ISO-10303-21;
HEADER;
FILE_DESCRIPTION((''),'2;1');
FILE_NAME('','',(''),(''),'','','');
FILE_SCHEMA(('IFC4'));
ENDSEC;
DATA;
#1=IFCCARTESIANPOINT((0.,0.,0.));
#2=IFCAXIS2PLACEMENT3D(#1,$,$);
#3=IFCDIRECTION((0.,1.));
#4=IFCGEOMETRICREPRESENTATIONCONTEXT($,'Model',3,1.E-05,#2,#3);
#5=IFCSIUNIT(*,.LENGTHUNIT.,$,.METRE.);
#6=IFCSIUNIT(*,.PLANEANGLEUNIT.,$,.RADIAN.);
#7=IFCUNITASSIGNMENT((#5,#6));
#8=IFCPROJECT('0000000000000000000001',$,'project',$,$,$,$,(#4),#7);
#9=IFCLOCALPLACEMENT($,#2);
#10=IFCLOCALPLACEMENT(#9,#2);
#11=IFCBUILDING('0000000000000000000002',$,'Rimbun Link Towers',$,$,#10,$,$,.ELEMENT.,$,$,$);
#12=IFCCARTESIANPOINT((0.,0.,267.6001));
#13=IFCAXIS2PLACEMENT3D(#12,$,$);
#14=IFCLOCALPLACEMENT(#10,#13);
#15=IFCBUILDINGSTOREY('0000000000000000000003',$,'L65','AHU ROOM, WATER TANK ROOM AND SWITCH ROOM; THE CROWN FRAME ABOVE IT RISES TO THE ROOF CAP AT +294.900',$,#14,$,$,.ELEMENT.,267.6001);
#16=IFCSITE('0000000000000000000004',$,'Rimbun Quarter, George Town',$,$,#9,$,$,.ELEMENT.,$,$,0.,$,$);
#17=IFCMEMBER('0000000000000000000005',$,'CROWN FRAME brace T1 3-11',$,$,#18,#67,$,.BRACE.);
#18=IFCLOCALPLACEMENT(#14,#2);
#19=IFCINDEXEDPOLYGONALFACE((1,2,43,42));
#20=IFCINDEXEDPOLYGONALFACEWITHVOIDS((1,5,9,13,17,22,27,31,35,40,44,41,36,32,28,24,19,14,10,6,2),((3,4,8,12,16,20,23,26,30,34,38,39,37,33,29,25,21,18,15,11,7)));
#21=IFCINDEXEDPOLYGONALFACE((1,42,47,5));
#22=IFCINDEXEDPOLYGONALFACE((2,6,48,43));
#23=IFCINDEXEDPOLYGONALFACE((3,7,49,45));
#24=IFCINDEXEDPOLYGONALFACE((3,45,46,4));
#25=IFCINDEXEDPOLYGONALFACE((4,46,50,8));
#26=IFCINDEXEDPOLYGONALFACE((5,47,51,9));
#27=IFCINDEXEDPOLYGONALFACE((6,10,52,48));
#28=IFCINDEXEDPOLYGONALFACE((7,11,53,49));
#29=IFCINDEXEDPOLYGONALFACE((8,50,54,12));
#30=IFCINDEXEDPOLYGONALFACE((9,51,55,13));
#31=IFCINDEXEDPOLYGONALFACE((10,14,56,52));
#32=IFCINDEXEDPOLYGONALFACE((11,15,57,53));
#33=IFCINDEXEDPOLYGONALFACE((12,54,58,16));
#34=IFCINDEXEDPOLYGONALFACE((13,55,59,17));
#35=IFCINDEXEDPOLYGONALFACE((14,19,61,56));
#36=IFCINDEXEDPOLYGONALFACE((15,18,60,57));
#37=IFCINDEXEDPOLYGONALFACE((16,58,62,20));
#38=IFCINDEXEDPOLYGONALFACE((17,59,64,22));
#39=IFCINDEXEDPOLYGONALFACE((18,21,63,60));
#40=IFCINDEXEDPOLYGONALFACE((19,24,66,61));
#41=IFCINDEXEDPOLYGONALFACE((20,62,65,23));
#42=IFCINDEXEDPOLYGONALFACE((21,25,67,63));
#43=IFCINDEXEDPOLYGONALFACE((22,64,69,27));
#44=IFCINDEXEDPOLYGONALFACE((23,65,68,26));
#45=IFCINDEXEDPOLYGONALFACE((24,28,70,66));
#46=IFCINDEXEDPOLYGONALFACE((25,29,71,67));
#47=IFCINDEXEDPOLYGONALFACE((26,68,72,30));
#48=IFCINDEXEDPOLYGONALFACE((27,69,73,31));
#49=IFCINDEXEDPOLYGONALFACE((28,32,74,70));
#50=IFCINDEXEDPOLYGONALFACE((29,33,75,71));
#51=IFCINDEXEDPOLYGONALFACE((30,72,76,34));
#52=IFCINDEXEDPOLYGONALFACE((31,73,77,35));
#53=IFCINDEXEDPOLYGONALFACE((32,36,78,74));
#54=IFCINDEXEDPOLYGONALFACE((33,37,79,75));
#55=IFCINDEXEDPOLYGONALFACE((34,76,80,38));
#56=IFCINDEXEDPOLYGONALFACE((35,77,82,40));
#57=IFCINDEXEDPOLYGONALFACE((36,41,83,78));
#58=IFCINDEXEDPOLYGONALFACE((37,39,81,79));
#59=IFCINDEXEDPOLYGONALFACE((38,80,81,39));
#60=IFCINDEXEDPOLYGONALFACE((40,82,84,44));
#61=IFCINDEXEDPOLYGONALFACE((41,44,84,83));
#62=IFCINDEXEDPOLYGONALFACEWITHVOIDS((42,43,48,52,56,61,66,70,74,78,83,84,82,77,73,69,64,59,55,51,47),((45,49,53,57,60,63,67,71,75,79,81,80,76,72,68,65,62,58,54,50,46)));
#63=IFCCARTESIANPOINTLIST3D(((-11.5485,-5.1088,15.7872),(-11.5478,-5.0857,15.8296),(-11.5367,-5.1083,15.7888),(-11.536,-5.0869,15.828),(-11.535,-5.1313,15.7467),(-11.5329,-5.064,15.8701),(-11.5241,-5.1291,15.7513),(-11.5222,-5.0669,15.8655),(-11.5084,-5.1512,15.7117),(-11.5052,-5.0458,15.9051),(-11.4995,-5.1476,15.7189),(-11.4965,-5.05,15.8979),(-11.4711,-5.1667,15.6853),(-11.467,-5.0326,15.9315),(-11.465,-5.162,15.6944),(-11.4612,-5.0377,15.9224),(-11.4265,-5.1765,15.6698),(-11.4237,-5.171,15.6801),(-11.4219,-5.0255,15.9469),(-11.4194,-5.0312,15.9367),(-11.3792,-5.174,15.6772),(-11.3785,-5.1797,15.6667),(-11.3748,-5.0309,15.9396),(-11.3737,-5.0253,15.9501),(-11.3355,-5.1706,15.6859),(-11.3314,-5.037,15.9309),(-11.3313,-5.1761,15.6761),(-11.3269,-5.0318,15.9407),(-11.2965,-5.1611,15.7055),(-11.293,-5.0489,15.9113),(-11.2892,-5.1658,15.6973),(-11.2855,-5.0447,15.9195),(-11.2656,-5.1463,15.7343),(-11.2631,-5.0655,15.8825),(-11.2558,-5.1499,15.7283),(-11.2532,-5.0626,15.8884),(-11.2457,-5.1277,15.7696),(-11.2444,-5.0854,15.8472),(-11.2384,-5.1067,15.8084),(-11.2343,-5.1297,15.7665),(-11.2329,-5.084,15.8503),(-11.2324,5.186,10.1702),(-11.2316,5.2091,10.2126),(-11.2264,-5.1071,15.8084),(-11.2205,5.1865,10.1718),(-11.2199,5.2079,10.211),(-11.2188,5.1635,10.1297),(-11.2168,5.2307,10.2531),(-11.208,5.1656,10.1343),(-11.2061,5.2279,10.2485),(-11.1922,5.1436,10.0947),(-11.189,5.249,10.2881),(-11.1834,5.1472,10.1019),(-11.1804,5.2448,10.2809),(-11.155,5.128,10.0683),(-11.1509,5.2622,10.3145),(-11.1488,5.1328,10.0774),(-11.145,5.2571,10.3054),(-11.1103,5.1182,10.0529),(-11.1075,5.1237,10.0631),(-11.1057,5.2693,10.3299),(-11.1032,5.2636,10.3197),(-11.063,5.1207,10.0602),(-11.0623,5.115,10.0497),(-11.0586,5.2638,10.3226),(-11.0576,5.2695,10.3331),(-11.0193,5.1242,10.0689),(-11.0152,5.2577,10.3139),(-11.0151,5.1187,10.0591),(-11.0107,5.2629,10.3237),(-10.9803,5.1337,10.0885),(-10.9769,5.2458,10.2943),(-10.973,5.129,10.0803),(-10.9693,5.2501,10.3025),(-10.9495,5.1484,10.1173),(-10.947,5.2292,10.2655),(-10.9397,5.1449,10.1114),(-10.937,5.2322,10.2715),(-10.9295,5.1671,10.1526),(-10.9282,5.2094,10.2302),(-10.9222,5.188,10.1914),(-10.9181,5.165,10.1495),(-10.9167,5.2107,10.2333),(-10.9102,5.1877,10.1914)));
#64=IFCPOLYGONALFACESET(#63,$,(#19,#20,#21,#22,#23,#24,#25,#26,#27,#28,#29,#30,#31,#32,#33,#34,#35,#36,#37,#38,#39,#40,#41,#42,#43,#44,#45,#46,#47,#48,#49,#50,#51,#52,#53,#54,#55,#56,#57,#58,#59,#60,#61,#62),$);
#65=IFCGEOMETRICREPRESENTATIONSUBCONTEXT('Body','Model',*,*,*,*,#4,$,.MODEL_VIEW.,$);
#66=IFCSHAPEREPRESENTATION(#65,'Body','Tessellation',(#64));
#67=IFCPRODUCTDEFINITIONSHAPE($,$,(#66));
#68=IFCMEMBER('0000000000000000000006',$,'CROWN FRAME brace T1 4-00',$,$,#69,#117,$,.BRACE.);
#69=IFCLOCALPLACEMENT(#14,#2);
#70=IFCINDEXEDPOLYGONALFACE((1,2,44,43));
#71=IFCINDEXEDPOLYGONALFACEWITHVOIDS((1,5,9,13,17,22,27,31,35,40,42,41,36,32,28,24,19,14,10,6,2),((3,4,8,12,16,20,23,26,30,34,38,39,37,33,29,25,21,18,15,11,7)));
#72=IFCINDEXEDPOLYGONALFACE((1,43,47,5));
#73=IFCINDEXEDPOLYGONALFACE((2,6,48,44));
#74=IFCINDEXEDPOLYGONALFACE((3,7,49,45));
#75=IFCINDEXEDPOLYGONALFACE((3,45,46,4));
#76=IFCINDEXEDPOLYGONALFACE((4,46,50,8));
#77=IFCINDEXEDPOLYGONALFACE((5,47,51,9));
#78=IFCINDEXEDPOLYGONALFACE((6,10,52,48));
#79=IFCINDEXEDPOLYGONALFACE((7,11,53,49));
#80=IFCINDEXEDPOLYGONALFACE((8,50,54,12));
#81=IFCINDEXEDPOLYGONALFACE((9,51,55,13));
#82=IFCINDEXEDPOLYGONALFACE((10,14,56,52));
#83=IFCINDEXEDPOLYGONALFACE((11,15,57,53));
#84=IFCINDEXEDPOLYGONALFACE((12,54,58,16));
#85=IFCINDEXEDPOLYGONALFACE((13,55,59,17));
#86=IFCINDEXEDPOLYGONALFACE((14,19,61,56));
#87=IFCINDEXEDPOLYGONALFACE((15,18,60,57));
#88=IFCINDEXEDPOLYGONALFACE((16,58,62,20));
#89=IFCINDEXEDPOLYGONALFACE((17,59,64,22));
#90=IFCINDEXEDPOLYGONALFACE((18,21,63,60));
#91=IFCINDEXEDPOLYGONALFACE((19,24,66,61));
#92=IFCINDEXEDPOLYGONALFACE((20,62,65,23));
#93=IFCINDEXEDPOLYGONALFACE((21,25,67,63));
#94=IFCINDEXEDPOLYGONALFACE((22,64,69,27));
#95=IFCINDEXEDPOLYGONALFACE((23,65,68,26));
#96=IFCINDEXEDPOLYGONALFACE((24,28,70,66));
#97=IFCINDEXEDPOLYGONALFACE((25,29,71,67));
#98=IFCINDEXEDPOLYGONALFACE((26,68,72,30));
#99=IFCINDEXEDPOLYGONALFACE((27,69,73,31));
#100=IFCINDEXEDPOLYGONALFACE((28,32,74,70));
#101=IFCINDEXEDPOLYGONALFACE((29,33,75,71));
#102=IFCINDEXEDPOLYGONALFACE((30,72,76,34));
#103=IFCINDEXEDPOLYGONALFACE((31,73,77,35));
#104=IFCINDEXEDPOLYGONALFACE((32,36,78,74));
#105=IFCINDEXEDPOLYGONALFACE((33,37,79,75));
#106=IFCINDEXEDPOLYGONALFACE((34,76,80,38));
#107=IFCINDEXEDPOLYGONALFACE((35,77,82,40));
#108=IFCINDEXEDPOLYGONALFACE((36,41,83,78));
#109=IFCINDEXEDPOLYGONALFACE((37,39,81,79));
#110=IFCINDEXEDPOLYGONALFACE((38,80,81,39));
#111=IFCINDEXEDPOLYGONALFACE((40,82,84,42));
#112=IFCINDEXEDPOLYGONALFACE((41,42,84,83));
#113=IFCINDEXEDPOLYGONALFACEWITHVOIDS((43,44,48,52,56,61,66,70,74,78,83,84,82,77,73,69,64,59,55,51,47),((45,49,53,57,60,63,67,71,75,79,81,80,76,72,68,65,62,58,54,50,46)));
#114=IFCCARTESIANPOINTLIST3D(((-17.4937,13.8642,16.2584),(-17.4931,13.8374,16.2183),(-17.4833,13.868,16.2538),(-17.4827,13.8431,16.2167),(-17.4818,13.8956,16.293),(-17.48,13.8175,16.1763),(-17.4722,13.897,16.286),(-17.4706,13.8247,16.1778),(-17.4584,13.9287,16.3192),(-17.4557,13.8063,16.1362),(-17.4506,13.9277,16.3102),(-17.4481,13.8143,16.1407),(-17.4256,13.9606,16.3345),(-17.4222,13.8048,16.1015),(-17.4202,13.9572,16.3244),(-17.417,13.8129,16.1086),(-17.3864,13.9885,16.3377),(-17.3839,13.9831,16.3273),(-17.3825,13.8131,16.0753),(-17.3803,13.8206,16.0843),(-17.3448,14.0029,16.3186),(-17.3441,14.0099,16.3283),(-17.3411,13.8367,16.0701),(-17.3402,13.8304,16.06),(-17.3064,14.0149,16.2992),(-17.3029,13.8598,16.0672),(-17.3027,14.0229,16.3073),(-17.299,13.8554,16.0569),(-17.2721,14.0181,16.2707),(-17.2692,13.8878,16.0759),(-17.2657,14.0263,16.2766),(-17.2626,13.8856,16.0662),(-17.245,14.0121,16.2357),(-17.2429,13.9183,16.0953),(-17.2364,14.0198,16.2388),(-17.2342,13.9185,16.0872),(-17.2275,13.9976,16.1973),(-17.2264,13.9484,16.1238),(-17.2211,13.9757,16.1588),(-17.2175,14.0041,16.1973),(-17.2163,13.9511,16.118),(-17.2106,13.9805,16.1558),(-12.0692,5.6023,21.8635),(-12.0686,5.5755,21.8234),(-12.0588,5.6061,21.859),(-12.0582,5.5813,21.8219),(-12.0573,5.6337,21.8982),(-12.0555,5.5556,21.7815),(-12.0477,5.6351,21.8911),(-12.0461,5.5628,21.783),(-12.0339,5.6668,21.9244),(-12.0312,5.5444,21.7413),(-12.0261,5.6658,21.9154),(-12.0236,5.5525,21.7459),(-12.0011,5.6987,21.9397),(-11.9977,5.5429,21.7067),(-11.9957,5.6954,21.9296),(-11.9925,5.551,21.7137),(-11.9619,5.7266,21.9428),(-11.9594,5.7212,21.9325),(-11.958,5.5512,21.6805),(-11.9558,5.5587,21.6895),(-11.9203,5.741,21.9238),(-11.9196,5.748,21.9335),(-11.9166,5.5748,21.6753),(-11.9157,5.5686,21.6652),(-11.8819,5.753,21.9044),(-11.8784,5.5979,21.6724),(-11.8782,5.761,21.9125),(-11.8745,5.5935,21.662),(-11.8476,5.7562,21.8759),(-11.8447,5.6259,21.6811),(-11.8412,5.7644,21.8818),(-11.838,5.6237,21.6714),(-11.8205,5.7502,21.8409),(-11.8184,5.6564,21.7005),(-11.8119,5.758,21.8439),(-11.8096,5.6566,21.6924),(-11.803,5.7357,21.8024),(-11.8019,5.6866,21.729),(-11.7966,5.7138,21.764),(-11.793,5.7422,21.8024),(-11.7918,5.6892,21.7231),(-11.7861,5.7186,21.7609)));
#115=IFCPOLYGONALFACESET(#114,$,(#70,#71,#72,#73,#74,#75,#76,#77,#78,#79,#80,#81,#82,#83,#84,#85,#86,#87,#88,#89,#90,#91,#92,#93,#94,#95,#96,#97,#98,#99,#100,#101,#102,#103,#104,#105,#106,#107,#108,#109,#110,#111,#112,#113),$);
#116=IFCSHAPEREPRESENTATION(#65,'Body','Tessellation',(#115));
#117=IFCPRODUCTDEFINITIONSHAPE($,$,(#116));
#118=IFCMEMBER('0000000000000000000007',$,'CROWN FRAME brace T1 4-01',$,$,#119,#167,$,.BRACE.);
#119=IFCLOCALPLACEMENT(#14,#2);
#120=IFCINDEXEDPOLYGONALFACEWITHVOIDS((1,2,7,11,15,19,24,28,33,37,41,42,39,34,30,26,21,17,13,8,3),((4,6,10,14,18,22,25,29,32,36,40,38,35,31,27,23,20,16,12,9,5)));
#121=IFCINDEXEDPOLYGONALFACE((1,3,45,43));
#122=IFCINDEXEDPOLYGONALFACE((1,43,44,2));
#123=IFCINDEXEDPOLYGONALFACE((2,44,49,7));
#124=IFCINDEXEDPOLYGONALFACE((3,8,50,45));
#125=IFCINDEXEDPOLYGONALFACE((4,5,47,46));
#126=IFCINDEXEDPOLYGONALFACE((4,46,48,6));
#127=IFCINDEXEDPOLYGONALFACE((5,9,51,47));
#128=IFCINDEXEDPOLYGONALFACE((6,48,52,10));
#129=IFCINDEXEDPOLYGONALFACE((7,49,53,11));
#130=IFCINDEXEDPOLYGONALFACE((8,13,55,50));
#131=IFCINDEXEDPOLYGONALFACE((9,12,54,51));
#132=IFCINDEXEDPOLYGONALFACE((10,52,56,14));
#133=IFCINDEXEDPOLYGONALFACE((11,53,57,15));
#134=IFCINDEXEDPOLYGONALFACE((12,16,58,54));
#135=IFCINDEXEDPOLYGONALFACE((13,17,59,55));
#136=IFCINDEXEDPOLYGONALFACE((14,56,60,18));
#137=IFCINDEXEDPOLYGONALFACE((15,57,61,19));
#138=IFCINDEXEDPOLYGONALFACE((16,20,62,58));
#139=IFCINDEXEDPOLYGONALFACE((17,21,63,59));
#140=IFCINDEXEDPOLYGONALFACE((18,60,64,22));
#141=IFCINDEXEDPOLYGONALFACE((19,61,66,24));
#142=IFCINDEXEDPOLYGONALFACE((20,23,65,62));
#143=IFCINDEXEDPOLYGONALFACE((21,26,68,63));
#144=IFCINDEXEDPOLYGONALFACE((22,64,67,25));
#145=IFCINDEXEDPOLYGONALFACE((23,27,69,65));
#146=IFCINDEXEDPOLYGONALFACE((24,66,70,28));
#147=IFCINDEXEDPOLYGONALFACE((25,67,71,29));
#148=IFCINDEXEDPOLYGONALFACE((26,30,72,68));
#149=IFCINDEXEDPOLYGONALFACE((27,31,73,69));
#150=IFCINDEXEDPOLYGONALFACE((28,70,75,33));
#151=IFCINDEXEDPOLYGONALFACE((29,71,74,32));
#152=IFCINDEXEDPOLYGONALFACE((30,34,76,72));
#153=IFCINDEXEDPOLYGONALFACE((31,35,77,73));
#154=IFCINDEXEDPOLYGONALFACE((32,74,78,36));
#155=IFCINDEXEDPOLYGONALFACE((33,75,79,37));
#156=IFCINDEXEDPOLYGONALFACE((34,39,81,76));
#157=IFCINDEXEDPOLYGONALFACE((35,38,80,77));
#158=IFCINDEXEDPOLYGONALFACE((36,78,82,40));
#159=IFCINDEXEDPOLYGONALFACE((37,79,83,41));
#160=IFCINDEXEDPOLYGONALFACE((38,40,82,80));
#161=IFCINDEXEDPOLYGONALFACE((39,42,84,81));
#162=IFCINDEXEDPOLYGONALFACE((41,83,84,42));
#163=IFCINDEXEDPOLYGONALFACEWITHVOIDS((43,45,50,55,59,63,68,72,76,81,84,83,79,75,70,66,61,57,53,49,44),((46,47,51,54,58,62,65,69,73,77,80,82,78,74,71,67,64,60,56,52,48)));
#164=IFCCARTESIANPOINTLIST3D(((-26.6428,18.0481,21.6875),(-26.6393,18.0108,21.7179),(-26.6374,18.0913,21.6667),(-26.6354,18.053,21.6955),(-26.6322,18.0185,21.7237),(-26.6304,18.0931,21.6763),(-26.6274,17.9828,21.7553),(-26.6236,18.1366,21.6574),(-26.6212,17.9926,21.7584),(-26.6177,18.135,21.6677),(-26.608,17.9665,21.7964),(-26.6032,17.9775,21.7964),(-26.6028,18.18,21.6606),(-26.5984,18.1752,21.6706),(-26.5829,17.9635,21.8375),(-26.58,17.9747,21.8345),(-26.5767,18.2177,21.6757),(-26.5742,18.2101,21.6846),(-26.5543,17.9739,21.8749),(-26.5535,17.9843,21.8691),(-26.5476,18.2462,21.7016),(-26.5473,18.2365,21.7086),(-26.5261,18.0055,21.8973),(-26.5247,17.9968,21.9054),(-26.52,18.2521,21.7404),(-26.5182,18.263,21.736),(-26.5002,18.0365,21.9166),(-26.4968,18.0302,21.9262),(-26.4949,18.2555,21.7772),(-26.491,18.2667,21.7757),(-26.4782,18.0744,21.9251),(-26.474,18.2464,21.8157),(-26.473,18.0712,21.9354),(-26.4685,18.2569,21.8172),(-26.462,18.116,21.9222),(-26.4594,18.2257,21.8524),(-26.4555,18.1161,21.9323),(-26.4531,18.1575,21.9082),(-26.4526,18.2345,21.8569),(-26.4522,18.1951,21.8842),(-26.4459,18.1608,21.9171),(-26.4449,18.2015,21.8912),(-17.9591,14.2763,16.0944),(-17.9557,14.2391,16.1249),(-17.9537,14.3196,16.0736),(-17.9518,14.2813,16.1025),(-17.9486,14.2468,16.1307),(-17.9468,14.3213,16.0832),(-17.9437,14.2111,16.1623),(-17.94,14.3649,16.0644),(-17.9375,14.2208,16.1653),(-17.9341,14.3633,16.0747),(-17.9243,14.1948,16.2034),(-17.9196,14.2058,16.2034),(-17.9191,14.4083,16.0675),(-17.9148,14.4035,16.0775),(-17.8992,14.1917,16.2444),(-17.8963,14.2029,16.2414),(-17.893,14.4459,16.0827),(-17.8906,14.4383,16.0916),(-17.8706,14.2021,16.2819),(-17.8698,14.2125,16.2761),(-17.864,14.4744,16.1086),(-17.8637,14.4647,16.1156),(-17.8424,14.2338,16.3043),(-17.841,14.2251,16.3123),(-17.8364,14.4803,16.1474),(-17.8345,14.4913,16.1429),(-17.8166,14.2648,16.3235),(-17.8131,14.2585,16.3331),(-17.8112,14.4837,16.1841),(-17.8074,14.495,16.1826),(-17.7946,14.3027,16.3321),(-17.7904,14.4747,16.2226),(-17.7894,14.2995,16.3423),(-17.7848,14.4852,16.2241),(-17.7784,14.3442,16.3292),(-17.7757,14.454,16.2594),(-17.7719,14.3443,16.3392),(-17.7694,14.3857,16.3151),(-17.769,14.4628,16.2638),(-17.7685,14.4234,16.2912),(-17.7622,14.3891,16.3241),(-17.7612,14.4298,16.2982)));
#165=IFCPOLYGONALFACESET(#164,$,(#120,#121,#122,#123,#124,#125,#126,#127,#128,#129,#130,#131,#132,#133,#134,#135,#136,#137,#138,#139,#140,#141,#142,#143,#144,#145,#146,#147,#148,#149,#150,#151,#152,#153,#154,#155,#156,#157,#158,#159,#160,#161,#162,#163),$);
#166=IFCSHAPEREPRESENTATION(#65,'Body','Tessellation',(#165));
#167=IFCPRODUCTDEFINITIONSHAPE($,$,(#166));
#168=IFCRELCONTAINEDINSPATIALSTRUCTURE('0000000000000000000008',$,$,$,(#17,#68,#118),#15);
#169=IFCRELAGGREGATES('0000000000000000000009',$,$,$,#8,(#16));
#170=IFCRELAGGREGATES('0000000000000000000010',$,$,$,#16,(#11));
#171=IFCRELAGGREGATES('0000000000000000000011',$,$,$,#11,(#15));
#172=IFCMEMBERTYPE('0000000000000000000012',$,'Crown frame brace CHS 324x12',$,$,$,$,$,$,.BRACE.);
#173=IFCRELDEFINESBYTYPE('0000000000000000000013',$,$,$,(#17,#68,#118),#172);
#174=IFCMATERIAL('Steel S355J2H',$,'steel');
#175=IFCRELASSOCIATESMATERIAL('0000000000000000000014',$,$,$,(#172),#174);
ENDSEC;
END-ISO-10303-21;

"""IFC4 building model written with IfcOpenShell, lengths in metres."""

from ifc_helpers import new_model, si_unit, direction, frame, origin, origin_2d, place, context, subcontext, project, spatial, hollow_circle, extrude, material, material_profile, profile_set, type_object, element, save


model = new_model("IFC4")

# Units and contexts
model_context = context("Model", 3, precision=1e-05, world=origin(), true_north=direction((0.0, 1.0)))
body_context = subcontext(model_context, "Body", "Model", "MODEL_VIEW")
ifc_project = project(units=[si_unit("LENGTHUNIT", "METRE"), si_unit("PLANEANGLEUNIT", "RADIAN")], contexts=[model_context])

# Site, building, storey
site_placement = place(None, origin())
site = spatial("IfcSite", under=ifc_project, at=site_placement, Name="Rimbun Quarter, George Town", CompositionType="ELEMENT", RefElevation=0.0)
building_placement = place(site_placement, origin())
building = spatial("IfcBuilding", under=site, at=building_placement, Name="Rimbun Link Towers", CompositionType="ELEMENT")
storey_placement = place(building_placement, frame((0.0, 0.0, 267.6001)))
storey = spatial("IfcBuildingStorey", under=building, at=storey_placement, Name="L65", Description="AHU ROOM, WATER TANK ROOM AND SWITCH ROOM; THE CROWN FRAME ABOVE IT RISES TO THE ROOF CAP AT +294.900", CompositionType="ELEMENT", Elevation=267.6001)

# Members
ifc_material_1 = material(Name="Steel S355J2H", Category="steel")
ifc_material_profile_1 = material_profile(ifc_material_1, hollow_circle(Radius=0.1619, WallThickness=0.012, at=origin_2d()), Name="Crown frame brace CHS 324x12")
ifc_profile_set_1 = profile_set([ifc_material_profile_1], Name="Steel S355J2H")
member_type_1 = type_object("IfcMemberType", Name="Crown frame brace CHS 324x12", PredefinedType="BRACE", material=ifc_profile_set_1)
member_1_placement = place(storey_placement, frame((-11.072, 5.1926, 10.1914), z_axis=(-0.02695, -0.877517, 0.478788), x_axis=(0.999529, -0.030697, 0.0)))
element("IfcMember", 1, at=member_1_placement, inside=storey, type_object=member_type_1, Name="CROWN FRAME brace T1 3-11", PredefinedType="BRACE", context=body_context, shape_type="SweptSolid", body=[
    extrude(hollow_circle(Radius=0.1619, WallThickness=0.012, at=origin_2d()), origin(), (0.0, 0.0, 1.0), 11.7317),
])
member_2_placement = place(storey_placement, frame((-17.3528, 13.9153, 16.1973), z_axis=(0.477413, -0.727131, 0.493313), x_axis=(0.835925, 0.548844, 0.0)))
element("IfcMember", 2, at=member_2_placement, inside=storey, type_object=member_type_1, Name="CROWN FRAME brace T1 4-00", PredefinedType="BRACE", context=body_context, shape_type="SweptSolid", body=[
    extrude(hollow_circle(Radius=0.1619, WallThickness=0.012, at=origin_2d()), origin(), (0.0, 0.0, 1.0), 11.3623),
])
member_3_placement = place(storey_placement, frame((-17.8599, 14.3433, 16.2034), z_axis=(-0.789703, 0.343008, 0.50864), x_axis=(-0.398393, -0.917215, 0.0)))
element("IfcMember", 3, at=member_3_placement, inside=storey, type_object=member_type_1, Name="CROWN FRAME brace T1 4-01", PredefinedType="BRACE", context=body_context, shape_type="SweptSolid", body=[
    extrude(hollow_circle(Radius=0.1619, WallThickness=0.012, at=origin_2d()), origin(), (0.0, 0.0, 1.0), 10.9961),
])

save(model, "model.ifc")
